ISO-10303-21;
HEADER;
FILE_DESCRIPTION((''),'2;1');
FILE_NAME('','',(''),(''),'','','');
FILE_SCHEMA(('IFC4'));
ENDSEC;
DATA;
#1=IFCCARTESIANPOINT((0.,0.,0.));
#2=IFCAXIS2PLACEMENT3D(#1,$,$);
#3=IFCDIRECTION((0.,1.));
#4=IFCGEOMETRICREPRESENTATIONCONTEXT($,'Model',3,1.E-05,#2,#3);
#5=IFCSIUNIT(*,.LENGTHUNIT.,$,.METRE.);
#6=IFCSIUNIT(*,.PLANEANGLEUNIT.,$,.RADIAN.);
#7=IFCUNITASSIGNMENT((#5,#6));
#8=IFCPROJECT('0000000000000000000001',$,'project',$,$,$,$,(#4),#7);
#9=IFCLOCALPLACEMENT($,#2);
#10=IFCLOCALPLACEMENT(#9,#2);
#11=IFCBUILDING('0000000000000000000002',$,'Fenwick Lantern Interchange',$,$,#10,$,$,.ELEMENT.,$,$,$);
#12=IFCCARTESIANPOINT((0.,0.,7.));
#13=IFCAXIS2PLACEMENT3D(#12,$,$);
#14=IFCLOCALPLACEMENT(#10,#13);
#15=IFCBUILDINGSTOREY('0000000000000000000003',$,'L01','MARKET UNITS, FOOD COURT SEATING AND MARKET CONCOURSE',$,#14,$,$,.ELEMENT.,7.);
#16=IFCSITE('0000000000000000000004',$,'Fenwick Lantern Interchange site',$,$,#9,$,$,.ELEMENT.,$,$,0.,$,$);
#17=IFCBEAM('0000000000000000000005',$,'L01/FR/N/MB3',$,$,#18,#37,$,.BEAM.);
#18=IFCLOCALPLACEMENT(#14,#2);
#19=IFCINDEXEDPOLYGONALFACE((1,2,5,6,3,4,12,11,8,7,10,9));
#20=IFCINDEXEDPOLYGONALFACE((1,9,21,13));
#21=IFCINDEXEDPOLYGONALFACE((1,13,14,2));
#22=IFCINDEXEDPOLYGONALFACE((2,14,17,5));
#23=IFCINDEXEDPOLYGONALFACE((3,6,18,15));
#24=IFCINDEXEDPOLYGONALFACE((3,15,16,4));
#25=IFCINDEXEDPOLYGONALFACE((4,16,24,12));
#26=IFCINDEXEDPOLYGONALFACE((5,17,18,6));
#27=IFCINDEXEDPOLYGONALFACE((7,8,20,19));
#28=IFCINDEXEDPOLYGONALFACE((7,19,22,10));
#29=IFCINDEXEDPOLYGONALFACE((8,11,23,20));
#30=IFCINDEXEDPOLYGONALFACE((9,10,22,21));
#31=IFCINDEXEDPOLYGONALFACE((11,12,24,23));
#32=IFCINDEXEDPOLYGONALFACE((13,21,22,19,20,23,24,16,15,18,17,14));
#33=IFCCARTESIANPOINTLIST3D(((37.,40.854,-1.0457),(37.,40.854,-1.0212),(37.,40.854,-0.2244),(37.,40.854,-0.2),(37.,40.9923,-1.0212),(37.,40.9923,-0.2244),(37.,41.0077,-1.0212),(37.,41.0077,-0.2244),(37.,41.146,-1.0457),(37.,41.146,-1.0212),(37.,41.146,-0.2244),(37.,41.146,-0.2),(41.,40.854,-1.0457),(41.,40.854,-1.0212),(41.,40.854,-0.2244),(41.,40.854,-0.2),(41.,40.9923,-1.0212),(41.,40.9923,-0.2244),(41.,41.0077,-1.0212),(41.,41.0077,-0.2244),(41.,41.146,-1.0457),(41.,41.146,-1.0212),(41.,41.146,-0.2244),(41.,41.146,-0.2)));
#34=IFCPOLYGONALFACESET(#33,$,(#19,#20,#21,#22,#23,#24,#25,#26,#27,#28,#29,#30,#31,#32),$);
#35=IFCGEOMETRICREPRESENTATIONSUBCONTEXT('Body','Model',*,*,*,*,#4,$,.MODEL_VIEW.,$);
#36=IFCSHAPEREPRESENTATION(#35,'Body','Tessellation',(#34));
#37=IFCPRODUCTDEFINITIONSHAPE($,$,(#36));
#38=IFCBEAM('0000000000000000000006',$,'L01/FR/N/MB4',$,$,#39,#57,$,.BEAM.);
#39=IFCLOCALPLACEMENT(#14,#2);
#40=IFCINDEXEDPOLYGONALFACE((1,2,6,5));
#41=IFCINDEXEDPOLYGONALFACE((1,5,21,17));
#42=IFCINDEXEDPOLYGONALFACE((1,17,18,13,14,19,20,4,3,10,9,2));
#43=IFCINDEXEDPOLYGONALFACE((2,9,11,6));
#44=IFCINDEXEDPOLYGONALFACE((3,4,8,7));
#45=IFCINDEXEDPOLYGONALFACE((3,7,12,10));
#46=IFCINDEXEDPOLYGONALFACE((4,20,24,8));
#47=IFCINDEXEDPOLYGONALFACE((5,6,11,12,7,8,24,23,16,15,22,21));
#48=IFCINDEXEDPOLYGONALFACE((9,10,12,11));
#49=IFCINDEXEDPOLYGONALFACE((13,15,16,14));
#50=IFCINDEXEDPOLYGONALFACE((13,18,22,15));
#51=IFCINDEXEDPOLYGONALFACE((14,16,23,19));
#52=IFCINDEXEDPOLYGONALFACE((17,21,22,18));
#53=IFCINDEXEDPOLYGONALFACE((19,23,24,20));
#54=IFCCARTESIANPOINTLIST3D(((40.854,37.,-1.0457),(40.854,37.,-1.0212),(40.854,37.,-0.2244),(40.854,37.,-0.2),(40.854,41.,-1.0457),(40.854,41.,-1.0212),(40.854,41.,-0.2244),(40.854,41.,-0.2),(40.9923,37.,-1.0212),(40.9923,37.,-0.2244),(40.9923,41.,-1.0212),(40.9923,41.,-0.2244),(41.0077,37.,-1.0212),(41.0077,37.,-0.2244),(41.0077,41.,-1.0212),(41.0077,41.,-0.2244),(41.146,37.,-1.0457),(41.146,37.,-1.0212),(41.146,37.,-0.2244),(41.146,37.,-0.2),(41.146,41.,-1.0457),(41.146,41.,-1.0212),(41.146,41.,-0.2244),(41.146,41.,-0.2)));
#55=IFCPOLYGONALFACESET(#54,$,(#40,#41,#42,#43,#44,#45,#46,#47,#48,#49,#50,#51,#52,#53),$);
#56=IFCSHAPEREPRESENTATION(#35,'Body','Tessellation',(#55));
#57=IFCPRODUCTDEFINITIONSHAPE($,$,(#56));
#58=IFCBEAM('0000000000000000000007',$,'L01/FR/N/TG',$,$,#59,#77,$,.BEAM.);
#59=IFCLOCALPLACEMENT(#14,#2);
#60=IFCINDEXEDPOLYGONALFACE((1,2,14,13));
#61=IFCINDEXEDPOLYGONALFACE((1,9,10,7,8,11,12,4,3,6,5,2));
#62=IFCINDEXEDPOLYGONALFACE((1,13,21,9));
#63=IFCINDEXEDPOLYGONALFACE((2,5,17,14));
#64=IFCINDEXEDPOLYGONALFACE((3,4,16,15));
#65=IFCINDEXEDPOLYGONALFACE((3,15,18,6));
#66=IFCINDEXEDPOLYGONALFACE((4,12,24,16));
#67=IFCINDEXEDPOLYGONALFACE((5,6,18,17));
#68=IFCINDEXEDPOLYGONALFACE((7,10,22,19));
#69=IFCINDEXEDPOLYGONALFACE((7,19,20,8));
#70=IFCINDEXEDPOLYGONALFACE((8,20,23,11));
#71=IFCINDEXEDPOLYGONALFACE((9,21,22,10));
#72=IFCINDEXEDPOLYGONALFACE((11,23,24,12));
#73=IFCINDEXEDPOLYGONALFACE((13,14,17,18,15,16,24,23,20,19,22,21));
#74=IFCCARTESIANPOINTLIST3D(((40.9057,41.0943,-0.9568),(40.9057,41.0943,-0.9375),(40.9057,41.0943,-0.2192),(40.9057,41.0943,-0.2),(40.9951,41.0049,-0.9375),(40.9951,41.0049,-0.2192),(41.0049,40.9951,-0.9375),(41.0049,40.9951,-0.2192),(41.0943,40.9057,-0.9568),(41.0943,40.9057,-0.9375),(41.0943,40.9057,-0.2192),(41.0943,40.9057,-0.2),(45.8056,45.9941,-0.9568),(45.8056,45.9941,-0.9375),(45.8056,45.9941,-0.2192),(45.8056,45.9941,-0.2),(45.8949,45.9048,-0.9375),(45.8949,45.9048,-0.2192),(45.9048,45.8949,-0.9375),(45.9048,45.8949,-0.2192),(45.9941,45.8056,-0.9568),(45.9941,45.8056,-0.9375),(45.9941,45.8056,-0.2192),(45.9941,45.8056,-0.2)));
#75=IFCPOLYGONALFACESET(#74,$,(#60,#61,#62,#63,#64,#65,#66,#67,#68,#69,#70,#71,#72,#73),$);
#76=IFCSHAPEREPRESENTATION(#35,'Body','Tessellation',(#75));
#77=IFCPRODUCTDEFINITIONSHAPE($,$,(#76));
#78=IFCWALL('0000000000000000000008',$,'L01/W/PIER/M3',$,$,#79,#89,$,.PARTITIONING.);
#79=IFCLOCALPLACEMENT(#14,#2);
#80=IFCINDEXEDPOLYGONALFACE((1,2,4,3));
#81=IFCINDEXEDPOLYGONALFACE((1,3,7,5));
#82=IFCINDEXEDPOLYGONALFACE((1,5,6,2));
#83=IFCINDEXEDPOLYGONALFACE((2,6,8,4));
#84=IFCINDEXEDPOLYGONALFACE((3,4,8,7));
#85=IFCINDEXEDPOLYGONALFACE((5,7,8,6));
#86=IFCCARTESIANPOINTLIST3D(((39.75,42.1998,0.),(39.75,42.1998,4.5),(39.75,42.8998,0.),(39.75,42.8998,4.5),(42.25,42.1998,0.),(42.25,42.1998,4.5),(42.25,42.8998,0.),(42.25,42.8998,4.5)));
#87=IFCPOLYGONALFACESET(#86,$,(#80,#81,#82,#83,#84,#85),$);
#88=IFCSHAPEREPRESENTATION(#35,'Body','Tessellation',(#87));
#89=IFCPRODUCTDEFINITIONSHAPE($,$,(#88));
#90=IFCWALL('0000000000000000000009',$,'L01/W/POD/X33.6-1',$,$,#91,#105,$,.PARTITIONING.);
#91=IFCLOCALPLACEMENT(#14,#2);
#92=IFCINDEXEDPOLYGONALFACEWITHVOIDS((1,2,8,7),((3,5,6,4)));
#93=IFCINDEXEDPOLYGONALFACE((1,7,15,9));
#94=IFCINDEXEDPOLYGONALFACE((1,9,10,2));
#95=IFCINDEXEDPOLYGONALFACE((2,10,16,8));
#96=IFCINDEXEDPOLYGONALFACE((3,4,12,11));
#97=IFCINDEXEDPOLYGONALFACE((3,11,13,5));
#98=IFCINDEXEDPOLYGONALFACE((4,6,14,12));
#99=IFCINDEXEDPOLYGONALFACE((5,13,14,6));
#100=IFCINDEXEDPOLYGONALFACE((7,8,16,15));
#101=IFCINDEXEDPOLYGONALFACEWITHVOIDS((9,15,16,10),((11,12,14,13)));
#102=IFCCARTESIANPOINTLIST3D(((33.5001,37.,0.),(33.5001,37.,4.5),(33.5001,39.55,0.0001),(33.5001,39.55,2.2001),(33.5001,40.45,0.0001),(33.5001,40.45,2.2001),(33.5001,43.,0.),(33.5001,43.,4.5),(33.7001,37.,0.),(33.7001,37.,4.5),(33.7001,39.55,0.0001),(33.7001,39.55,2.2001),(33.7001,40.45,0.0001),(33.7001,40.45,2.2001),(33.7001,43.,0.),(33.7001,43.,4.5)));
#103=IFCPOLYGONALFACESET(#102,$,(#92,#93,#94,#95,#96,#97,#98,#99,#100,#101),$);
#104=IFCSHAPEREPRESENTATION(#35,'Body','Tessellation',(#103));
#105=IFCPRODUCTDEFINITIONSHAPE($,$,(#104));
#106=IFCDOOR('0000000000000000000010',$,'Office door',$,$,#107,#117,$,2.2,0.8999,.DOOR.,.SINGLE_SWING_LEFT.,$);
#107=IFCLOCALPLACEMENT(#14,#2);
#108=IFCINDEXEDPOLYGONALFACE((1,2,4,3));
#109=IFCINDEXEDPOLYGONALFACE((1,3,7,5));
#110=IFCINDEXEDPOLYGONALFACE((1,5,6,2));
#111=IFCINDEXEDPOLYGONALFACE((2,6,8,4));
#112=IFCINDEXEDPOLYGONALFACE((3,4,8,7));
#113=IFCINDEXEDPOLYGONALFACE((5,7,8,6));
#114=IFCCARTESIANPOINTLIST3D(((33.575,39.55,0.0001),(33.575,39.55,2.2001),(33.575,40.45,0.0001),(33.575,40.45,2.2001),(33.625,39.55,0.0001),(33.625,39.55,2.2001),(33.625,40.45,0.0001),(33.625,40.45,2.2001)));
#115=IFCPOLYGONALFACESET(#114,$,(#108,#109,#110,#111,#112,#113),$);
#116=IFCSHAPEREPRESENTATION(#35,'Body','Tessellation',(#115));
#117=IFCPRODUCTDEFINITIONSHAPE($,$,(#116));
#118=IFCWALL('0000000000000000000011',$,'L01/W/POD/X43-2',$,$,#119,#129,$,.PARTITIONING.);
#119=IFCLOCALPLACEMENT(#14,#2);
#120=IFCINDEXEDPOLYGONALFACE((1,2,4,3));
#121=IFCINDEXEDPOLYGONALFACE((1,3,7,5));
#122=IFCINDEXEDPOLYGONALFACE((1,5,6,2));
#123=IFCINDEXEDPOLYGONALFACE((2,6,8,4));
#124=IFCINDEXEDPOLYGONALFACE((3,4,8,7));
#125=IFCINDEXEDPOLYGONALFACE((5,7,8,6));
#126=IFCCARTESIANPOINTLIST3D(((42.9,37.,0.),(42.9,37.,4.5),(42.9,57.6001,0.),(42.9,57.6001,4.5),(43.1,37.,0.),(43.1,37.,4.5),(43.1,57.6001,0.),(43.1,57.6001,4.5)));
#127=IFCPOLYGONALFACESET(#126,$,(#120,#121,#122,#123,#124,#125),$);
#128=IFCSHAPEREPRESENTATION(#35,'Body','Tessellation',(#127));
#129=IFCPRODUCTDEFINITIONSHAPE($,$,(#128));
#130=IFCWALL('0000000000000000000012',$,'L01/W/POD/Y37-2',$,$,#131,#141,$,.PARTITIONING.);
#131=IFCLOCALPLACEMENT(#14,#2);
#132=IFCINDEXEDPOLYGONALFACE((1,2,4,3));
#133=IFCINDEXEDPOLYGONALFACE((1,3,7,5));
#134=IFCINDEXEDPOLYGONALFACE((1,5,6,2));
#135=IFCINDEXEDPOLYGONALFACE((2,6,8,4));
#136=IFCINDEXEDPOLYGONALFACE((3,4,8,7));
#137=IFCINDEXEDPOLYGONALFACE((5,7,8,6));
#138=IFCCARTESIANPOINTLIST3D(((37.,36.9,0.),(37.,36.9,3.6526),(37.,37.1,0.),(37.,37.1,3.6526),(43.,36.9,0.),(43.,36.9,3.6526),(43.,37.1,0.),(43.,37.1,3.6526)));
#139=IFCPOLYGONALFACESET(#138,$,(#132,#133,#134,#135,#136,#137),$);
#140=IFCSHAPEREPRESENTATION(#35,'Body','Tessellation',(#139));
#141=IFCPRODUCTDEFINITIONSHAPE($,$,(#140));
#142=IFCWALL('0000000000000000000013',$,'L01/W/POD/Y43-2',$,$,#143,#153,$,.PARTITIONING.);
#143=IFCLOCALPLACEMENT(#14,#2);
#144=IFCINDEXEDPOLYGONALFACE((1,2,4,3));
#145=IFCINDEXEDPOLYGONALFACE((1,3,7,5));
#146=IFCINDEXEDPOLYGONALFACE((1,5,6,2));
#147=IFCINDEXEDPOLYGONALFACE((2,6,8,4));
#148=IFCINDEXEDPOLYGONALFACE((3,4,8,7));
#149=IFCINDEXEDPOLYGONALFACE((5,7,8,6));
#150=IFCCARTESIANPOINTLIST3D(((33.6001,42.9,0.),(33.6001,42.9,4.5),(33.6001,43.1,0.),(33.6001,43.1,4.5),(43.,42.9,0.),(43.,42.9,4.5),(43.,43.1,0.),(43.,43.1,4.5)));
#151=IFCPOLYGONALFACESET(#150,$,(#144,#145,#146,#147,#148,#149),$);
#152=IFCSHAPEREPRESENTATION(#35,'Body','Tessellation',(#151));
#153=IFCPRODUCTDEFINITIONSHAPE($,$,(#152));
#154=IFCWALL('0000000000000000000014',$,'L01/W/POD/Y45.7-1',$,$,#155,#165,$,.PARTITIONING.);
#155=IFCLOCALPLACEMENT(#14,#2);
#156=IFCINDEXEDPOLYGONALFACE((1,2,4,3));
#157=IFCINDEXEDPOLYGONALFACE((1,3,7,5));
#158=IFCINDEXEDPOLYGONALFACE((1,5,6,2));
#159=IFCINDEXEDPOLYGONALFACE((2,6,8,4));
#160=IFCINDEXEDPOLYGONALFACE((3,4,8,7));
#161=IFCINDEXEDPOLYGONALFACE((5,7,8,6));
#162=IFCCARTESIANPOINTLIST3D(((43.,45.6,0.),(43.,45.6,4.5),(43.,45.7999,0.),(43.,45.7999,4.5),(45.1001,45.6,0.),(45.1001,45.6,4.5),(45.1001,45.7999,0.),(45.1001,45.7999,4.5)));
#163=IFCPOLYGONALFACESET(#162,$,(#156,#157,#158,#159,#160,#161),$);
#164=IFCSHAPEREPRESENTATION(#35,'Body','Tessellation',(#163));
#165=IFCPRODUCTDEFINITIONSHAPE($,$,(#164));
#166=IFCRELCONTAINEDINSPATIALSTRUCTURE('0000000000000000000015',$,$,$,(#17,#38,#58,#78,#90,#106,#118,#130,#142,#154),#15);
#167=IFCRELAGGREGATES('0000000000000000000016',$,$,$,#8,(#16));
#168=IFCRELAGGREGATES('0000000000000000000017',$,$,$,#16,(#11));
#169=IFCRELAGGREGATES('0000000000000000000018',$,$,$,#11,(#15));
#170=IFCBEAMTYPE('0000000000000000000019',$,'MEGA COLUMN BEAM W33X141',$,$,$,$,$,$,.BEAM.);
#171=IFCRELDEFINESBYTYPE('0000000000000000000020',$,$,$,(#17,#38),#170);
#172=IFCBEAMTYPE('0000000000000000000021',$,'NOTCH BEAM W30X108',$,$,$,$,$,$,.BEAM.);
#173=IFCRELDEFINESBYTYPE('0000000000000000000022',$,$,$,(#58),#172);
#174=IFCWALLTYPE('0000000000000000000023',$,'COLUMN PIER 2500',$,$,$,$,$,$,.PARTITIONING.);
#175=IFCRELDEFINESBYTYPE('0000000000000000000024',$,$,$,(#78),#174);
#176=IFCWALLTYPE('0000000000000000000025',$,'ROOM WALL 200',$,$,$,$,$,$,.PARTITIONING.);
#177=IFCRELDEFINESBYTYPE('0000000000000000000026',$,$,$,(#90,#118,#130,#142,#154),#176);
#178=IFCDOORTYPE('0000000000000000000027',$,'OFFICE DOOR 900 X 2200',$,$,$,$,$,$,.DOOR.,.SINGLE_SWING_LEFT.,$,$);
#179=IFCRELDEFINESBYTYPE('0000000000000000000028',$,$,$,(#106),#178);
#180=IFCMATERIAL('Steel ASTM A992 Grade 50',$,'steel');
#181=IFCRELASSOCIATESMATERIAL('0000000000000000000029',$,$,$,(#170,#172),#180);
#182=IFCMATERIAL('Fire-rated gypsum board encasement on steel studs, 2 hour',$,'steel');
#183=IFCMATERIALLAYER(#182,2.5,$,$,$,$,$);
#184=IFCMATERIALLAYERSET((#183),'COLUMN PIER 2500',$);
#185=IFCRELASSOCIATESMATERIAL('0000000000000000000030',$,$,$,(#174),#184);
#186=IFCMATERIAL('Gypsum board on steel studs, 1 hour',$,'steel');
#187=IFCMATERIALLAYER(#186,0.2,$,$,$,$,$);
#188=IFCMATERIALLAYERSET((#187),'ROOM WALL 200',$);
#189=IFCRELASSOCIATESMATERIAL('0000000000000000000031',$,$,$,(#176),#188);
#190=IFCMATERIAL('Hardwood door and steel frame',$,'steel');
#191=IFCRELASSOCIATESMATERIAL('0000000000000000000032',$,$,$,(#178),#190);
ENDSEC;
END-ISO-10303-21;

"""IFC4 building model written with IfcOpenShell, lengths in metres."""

from ifc_helpers import new_model, si_unit, direction, frame, frame_2d, origin, origin_2d, place, context, subcontext, project, spatial, rectangle, i_section, extrude, material, layer, layer_set, material_profile, profile_set, type_object, element, fill, save


model = new_model("IFC4")

# Units and contexts
model_context = context("Model", 3, precision=1e-05, world=origin(), true_north=direction((0.0, 1.0)))
body_context = subcontext(model_context, "Body", "Model", "MODEL_VIEW")
ifc_project = project(units=[si_unit("LENGTHUNIT", "METRE"), si_unit("PLANEANGLEUNIT", "RADIAN")], contexts=[model_context])

# Site, building, storey
site_placement = place(None, origin())
site = spatial("IfcSite", under=ifc_project, at=site_placement, Name="Fenwick Lantern Interchange site", CompositionType="ELEMENT", RefElevation=0.0)
building_placement = place(site_placement, origin())
building = spatial("IfcBuilding", under=site, at=building_placement, Name="Fenwick Lantern Interchange", CompositionType="ELEMENT")
storey_placement = place(building_placement, frame((0.0, 0.0, 7.0)))
storey = spatial("IfcBuildingStorey", under=building, at=storey_placement, Name="L01", Description="MARKET UNITS, FOOD COURT SEATING AND MARKET CONCOURSE", CompositionType="ELEMENT", Elevation=7.0)

# Beams
ifc_material_1 = material(Name="Steel ASTM A992 Grade 50", Category="steel")
ifc_material_profile_1 = material_profile(ifc_material_1, i_section(OverallWidth=0.292, OverallDepth=0.8457, WebThickness=0.0154, FlangeThickness=0.0244, at=origin_2d()), Name="W33X141")
ifc_profile_set_1 = profile_set([ifc_material_profile_1], Name="Steel ASTM A992 Grade 50")
beam_type_1 = type_object("IfcBeamType", Name="MEGA COLUMN BEAM W33X141", PredefinedType="BEAM", material=ifc_profile_set_1)
for number, where, z_axis, x_axis, name in (
    (1, (41.0, 41.0, -0.6228), (-1.0, 0.0, 0.0), (0.0, -1.0, 0.0), "L01/FR/N/MB3"),
    (2, (41.0, 41.0, -0.6228), (0.0, -1.0, 0.0), (1.0, 0.0, 0.0), "L01/FR/N/MB4"),
):
    element("IfcBeam", number, at=place(storey_placement, frame(where, z_axis=z_axis, x_axis=x_axis)), inside=storey, type_object=beam_type_1, Name=name, PredefinedType="BEAM", context=body_context, shape_type="SweptSolid", body=[
        extrude(i_section(OverallWidth=0.292, OverallDepth=0.8457, WebThickness=0.0154, FlangeThickness=0.0244, at=origin_2d()), origin(), (0.0, 0.0, 1.0), 4.0),
    ])
ifc_material_profile_2 = material_profile(ifc_material_1, i_section(OverallWidth=0.2666, OverallDepth=0.7568, WebThickness=0.0139, FlangeThickness=0.0193, at=origin_2d()), Name="W30X108")
ifc_profile_set_2 = profile_set([ifc_material_profile_2], Name="Steel ASTM A992 Grade 50")
beam_type_2 = type_object("IfcBeamType", Name="NOTCH BEAM W30X108", PredefinedType="BEAM", material=ifc_profile_set_2)
beam_1_placement = place(storey_placement, frame((41.0, 41.0, -0.5784), z_axis=(0.707107, 0.707107, 0.0), x_axis=(-0.707107, 0.707107, 0.0)))
element("IfcBeam", 3, at=beam_1_placement, inside=storey, type_object=beam_type_2, Name="L01/FR/N/TG", PredefinedType="BEAM", context=body_context, shape_type="SweptSolid", body=[
    extrude(i_section(OverallWidth=0.2666, OverallDepth=0.7568, WebThickness=0.0139, FlangeThickness=0.0193, at=origin_2d()), origin(), (0.0, 0.0, 1.0), 6.9294),
])

# Wall
ifc_material_2 = material(Name="Fire-rated gypsum board encasement on steel studs, 2 hour", Category="steel")
ifc_layer_1 = layer(ifc_material_2, 2.5)
ifc_layer_set_1 = layer_set([ifc_layer_1], Name="COLUMN PIER 2500")
wall_type_1 = type_object("IfcWallType", Name="COLUMN PIER 2500", PredefinedType="PARTITIONING", material=ifc_layer_set_1)
wall_1_placement = place(storey_placement, frame((41.0, 42.8999, 0.0), z_axis=(0.0, 0.0, 1.0), x_axis=(0.0, -1.0, 0.0)))
element("IfcWall", 4, at=wall_1_placement, inside=storey, type_object=wall_type_1, Name="L01/W/PIER/M3", PredefinedType="PARTITIONING", context=body_context, shape_type="SweptSolid", body=[
    extrude(rectangle(XDim=0.7, YDim=2.5, at=frame_2d((0.3501, 0.0))), origin(), (0.0, 0.0, 1.0), 4.5),
])

# Wall, opening, door
ifc_material_3 = material(Name="Gypsum board on steel studs, 1 hour", Category="steel")
ifc_layer_2 = layer(ifc_material_3, 0.2)
ifc_layer_set_2 = layer_set([ifc_layer_2], Name="ROOM WALL 200")
wall_type_2 = type_object("IfcWallType", Name="ROOM WALL 200", PredefinedType="PARTITIONING", material=ifc_layer_set_2)
wall_2_placement = place(storey_placement, frame((33.6001, 37.0, 0.0), z_axis=(0.0, 0.0, 1.0), x_axis=(0.0, 1.0, 0.0)))
wall_2 = element("IfcWall", 5, at=wall_2_placement, inside=storey, type_object=wall_type_2, Name="L01/W/POD/X33.6-1", PredefinedType="PARTITIONING", context=body_context, shape_type="SweptSolid", body=[
    extrude(rectangle(XDim=6.0, YDim=0.2, at=frame_2d((3.0, 0.0))), origin(), (0.0, 0.0, 1.0), 4.5),
])
opening_1_placement = place(wall_2_placement, frame((2.55, 0.0, 0.0)))
opening_1 = element("IfcOpeningElement", 6, at=opening_1_placement, cuts=wall_2, PredefinedType="OPENING", context=body_context, shape_type="SweptSolid", body=[
    extrude(rectangle(XDim=0.8999, YDim=2.2, at=frame_2d((0.45, 1.1001))), frame((0.0, 0.1099, 0.0), z_axis=(0.0, -1.0, 0.0), x_axis=(1.0, 0.0, 0.0)), (0.0, 0.0, 1.0), 0.22),
])
ifc_material_4 = material(Name="Hardwood door and steel frame", Category="steel")
door_type_1 = type_object("IfcDoorType", Name="OFFICE DOOR 900 X 2200", OperationType="SINGLE_SWING_LEFT", PredefinedType="DOOR", material=ifc_material_4)
door_1_placement = place(opening_1_placement, frame((0.8999, 0.0, 0.0), z_axis=(0.0, 0.0, 1.0), x_axis=(-1.0, 0.0, 0.0)))
door_1 = element("IfcDoor", 7, at=door_1_placement, inside=storey, type_object=door_type_1, Name="Office door", OperationType="SINGLE_SWING_LEFT", OverallHeight=2.2, OverallWidth=0.8999, PredefinedType="DOOR", context=body_context, shape_type="SweptSolid", body=[
    extrude(rectangle(XDim=0.8999, YDim=2.2, at=frame_2d((0.45, 1.1001))), frame((0.0, 0.0249, 0.0), z_axis=(0.0, -1.0, 0.0), x_axis=(1.0, 0.0, 0.0)), (0.0, 0.0, 1.0), 0.05),
])
fill(opening_1, door_1)

# Walls
wall_3_placement = place(storey_placement, frame((43.0, 37.0, 0.0), z_axis=(0.0, 0.0, 1.0), x_axis=(0.0, 1.0, 0.0)))
element("IfcWall", 8, at=wall_3_placement, inside=storey, type_object=wall_type_2, Name="L01/W/POD/X43-2", PredefinedType="PARTITIONING", context=body_context, shape_type="SweptSolid", body=[
    extrude(rectangle(XDim=20.6001, YDim=0.2, at=frame_2d((10.3, 0.0))), origin(), (0.0, 0.0, 1.0), 4.5),
])
wall_4_placement = place(storey_placement, frame((37.0, 37.0, 0.0), z_axis=(0.0, 0.0, 1.0), x_axis=(1.0, 0.0, 0.0)))
element("IfcWall", 9, at=wall_4_placement, inside=storey, type_object=wall_type_2, Name="L01/W/POD/Y37-2", PredefinedType="PARTITIONING", context=body_context, shape_type="SweptSolid", body=[
    extrude(rectangle(XDim=6.0, YDim=0.2, at=frame_2d((3.0, 0.0))), origin(), (0.0, 0.0, 1.0), 3.6526),
])

# Walls
wall_5_placement = place(storey_placement, frame((33.6001, 43.0, 0.0), z_axis=(0.0, 0.0, 1.0), x_axis=(1.0, 0.0, 0.0)))
element("IfcWall", 10, at=wall_5_placement, inside=storey, type_object=wall_type_2, Name="L01/W/POD/Y43-2", PredefinedType="PARTITIONING", context=body_context, shape_type="SweptSolid", body=[
    extrude(rectangle(XDim=9.3999, YDim=0.2, at=frame_2d((4.7, 0.0))), origin(), (0.0, 0.0, 1.0), 4.5),
])
wall_6_placement = place(storey_placement, frame((43.0, 45.7, 0.0), z_axis=(0.0, 0.0, 1.0), x_axis=(1.0, 0.0, 0.0)))
element("IfcWall", 11, at=wall_6_placement, inside=storey, type_object=wall_type_2, Name="L01/W/POD/Y45.7-1", PredefinedType="PARTITIONING", context=body_context, shape_type="SweptSolid", body=[
    extrude(rectangle(XDim=2.1001, YDim=0.2, at=frame_2d((1.05, 0.0))), origin(), (0.0, 0.0, 1.0), 4.5),
])

save(model, "model.ifc")
